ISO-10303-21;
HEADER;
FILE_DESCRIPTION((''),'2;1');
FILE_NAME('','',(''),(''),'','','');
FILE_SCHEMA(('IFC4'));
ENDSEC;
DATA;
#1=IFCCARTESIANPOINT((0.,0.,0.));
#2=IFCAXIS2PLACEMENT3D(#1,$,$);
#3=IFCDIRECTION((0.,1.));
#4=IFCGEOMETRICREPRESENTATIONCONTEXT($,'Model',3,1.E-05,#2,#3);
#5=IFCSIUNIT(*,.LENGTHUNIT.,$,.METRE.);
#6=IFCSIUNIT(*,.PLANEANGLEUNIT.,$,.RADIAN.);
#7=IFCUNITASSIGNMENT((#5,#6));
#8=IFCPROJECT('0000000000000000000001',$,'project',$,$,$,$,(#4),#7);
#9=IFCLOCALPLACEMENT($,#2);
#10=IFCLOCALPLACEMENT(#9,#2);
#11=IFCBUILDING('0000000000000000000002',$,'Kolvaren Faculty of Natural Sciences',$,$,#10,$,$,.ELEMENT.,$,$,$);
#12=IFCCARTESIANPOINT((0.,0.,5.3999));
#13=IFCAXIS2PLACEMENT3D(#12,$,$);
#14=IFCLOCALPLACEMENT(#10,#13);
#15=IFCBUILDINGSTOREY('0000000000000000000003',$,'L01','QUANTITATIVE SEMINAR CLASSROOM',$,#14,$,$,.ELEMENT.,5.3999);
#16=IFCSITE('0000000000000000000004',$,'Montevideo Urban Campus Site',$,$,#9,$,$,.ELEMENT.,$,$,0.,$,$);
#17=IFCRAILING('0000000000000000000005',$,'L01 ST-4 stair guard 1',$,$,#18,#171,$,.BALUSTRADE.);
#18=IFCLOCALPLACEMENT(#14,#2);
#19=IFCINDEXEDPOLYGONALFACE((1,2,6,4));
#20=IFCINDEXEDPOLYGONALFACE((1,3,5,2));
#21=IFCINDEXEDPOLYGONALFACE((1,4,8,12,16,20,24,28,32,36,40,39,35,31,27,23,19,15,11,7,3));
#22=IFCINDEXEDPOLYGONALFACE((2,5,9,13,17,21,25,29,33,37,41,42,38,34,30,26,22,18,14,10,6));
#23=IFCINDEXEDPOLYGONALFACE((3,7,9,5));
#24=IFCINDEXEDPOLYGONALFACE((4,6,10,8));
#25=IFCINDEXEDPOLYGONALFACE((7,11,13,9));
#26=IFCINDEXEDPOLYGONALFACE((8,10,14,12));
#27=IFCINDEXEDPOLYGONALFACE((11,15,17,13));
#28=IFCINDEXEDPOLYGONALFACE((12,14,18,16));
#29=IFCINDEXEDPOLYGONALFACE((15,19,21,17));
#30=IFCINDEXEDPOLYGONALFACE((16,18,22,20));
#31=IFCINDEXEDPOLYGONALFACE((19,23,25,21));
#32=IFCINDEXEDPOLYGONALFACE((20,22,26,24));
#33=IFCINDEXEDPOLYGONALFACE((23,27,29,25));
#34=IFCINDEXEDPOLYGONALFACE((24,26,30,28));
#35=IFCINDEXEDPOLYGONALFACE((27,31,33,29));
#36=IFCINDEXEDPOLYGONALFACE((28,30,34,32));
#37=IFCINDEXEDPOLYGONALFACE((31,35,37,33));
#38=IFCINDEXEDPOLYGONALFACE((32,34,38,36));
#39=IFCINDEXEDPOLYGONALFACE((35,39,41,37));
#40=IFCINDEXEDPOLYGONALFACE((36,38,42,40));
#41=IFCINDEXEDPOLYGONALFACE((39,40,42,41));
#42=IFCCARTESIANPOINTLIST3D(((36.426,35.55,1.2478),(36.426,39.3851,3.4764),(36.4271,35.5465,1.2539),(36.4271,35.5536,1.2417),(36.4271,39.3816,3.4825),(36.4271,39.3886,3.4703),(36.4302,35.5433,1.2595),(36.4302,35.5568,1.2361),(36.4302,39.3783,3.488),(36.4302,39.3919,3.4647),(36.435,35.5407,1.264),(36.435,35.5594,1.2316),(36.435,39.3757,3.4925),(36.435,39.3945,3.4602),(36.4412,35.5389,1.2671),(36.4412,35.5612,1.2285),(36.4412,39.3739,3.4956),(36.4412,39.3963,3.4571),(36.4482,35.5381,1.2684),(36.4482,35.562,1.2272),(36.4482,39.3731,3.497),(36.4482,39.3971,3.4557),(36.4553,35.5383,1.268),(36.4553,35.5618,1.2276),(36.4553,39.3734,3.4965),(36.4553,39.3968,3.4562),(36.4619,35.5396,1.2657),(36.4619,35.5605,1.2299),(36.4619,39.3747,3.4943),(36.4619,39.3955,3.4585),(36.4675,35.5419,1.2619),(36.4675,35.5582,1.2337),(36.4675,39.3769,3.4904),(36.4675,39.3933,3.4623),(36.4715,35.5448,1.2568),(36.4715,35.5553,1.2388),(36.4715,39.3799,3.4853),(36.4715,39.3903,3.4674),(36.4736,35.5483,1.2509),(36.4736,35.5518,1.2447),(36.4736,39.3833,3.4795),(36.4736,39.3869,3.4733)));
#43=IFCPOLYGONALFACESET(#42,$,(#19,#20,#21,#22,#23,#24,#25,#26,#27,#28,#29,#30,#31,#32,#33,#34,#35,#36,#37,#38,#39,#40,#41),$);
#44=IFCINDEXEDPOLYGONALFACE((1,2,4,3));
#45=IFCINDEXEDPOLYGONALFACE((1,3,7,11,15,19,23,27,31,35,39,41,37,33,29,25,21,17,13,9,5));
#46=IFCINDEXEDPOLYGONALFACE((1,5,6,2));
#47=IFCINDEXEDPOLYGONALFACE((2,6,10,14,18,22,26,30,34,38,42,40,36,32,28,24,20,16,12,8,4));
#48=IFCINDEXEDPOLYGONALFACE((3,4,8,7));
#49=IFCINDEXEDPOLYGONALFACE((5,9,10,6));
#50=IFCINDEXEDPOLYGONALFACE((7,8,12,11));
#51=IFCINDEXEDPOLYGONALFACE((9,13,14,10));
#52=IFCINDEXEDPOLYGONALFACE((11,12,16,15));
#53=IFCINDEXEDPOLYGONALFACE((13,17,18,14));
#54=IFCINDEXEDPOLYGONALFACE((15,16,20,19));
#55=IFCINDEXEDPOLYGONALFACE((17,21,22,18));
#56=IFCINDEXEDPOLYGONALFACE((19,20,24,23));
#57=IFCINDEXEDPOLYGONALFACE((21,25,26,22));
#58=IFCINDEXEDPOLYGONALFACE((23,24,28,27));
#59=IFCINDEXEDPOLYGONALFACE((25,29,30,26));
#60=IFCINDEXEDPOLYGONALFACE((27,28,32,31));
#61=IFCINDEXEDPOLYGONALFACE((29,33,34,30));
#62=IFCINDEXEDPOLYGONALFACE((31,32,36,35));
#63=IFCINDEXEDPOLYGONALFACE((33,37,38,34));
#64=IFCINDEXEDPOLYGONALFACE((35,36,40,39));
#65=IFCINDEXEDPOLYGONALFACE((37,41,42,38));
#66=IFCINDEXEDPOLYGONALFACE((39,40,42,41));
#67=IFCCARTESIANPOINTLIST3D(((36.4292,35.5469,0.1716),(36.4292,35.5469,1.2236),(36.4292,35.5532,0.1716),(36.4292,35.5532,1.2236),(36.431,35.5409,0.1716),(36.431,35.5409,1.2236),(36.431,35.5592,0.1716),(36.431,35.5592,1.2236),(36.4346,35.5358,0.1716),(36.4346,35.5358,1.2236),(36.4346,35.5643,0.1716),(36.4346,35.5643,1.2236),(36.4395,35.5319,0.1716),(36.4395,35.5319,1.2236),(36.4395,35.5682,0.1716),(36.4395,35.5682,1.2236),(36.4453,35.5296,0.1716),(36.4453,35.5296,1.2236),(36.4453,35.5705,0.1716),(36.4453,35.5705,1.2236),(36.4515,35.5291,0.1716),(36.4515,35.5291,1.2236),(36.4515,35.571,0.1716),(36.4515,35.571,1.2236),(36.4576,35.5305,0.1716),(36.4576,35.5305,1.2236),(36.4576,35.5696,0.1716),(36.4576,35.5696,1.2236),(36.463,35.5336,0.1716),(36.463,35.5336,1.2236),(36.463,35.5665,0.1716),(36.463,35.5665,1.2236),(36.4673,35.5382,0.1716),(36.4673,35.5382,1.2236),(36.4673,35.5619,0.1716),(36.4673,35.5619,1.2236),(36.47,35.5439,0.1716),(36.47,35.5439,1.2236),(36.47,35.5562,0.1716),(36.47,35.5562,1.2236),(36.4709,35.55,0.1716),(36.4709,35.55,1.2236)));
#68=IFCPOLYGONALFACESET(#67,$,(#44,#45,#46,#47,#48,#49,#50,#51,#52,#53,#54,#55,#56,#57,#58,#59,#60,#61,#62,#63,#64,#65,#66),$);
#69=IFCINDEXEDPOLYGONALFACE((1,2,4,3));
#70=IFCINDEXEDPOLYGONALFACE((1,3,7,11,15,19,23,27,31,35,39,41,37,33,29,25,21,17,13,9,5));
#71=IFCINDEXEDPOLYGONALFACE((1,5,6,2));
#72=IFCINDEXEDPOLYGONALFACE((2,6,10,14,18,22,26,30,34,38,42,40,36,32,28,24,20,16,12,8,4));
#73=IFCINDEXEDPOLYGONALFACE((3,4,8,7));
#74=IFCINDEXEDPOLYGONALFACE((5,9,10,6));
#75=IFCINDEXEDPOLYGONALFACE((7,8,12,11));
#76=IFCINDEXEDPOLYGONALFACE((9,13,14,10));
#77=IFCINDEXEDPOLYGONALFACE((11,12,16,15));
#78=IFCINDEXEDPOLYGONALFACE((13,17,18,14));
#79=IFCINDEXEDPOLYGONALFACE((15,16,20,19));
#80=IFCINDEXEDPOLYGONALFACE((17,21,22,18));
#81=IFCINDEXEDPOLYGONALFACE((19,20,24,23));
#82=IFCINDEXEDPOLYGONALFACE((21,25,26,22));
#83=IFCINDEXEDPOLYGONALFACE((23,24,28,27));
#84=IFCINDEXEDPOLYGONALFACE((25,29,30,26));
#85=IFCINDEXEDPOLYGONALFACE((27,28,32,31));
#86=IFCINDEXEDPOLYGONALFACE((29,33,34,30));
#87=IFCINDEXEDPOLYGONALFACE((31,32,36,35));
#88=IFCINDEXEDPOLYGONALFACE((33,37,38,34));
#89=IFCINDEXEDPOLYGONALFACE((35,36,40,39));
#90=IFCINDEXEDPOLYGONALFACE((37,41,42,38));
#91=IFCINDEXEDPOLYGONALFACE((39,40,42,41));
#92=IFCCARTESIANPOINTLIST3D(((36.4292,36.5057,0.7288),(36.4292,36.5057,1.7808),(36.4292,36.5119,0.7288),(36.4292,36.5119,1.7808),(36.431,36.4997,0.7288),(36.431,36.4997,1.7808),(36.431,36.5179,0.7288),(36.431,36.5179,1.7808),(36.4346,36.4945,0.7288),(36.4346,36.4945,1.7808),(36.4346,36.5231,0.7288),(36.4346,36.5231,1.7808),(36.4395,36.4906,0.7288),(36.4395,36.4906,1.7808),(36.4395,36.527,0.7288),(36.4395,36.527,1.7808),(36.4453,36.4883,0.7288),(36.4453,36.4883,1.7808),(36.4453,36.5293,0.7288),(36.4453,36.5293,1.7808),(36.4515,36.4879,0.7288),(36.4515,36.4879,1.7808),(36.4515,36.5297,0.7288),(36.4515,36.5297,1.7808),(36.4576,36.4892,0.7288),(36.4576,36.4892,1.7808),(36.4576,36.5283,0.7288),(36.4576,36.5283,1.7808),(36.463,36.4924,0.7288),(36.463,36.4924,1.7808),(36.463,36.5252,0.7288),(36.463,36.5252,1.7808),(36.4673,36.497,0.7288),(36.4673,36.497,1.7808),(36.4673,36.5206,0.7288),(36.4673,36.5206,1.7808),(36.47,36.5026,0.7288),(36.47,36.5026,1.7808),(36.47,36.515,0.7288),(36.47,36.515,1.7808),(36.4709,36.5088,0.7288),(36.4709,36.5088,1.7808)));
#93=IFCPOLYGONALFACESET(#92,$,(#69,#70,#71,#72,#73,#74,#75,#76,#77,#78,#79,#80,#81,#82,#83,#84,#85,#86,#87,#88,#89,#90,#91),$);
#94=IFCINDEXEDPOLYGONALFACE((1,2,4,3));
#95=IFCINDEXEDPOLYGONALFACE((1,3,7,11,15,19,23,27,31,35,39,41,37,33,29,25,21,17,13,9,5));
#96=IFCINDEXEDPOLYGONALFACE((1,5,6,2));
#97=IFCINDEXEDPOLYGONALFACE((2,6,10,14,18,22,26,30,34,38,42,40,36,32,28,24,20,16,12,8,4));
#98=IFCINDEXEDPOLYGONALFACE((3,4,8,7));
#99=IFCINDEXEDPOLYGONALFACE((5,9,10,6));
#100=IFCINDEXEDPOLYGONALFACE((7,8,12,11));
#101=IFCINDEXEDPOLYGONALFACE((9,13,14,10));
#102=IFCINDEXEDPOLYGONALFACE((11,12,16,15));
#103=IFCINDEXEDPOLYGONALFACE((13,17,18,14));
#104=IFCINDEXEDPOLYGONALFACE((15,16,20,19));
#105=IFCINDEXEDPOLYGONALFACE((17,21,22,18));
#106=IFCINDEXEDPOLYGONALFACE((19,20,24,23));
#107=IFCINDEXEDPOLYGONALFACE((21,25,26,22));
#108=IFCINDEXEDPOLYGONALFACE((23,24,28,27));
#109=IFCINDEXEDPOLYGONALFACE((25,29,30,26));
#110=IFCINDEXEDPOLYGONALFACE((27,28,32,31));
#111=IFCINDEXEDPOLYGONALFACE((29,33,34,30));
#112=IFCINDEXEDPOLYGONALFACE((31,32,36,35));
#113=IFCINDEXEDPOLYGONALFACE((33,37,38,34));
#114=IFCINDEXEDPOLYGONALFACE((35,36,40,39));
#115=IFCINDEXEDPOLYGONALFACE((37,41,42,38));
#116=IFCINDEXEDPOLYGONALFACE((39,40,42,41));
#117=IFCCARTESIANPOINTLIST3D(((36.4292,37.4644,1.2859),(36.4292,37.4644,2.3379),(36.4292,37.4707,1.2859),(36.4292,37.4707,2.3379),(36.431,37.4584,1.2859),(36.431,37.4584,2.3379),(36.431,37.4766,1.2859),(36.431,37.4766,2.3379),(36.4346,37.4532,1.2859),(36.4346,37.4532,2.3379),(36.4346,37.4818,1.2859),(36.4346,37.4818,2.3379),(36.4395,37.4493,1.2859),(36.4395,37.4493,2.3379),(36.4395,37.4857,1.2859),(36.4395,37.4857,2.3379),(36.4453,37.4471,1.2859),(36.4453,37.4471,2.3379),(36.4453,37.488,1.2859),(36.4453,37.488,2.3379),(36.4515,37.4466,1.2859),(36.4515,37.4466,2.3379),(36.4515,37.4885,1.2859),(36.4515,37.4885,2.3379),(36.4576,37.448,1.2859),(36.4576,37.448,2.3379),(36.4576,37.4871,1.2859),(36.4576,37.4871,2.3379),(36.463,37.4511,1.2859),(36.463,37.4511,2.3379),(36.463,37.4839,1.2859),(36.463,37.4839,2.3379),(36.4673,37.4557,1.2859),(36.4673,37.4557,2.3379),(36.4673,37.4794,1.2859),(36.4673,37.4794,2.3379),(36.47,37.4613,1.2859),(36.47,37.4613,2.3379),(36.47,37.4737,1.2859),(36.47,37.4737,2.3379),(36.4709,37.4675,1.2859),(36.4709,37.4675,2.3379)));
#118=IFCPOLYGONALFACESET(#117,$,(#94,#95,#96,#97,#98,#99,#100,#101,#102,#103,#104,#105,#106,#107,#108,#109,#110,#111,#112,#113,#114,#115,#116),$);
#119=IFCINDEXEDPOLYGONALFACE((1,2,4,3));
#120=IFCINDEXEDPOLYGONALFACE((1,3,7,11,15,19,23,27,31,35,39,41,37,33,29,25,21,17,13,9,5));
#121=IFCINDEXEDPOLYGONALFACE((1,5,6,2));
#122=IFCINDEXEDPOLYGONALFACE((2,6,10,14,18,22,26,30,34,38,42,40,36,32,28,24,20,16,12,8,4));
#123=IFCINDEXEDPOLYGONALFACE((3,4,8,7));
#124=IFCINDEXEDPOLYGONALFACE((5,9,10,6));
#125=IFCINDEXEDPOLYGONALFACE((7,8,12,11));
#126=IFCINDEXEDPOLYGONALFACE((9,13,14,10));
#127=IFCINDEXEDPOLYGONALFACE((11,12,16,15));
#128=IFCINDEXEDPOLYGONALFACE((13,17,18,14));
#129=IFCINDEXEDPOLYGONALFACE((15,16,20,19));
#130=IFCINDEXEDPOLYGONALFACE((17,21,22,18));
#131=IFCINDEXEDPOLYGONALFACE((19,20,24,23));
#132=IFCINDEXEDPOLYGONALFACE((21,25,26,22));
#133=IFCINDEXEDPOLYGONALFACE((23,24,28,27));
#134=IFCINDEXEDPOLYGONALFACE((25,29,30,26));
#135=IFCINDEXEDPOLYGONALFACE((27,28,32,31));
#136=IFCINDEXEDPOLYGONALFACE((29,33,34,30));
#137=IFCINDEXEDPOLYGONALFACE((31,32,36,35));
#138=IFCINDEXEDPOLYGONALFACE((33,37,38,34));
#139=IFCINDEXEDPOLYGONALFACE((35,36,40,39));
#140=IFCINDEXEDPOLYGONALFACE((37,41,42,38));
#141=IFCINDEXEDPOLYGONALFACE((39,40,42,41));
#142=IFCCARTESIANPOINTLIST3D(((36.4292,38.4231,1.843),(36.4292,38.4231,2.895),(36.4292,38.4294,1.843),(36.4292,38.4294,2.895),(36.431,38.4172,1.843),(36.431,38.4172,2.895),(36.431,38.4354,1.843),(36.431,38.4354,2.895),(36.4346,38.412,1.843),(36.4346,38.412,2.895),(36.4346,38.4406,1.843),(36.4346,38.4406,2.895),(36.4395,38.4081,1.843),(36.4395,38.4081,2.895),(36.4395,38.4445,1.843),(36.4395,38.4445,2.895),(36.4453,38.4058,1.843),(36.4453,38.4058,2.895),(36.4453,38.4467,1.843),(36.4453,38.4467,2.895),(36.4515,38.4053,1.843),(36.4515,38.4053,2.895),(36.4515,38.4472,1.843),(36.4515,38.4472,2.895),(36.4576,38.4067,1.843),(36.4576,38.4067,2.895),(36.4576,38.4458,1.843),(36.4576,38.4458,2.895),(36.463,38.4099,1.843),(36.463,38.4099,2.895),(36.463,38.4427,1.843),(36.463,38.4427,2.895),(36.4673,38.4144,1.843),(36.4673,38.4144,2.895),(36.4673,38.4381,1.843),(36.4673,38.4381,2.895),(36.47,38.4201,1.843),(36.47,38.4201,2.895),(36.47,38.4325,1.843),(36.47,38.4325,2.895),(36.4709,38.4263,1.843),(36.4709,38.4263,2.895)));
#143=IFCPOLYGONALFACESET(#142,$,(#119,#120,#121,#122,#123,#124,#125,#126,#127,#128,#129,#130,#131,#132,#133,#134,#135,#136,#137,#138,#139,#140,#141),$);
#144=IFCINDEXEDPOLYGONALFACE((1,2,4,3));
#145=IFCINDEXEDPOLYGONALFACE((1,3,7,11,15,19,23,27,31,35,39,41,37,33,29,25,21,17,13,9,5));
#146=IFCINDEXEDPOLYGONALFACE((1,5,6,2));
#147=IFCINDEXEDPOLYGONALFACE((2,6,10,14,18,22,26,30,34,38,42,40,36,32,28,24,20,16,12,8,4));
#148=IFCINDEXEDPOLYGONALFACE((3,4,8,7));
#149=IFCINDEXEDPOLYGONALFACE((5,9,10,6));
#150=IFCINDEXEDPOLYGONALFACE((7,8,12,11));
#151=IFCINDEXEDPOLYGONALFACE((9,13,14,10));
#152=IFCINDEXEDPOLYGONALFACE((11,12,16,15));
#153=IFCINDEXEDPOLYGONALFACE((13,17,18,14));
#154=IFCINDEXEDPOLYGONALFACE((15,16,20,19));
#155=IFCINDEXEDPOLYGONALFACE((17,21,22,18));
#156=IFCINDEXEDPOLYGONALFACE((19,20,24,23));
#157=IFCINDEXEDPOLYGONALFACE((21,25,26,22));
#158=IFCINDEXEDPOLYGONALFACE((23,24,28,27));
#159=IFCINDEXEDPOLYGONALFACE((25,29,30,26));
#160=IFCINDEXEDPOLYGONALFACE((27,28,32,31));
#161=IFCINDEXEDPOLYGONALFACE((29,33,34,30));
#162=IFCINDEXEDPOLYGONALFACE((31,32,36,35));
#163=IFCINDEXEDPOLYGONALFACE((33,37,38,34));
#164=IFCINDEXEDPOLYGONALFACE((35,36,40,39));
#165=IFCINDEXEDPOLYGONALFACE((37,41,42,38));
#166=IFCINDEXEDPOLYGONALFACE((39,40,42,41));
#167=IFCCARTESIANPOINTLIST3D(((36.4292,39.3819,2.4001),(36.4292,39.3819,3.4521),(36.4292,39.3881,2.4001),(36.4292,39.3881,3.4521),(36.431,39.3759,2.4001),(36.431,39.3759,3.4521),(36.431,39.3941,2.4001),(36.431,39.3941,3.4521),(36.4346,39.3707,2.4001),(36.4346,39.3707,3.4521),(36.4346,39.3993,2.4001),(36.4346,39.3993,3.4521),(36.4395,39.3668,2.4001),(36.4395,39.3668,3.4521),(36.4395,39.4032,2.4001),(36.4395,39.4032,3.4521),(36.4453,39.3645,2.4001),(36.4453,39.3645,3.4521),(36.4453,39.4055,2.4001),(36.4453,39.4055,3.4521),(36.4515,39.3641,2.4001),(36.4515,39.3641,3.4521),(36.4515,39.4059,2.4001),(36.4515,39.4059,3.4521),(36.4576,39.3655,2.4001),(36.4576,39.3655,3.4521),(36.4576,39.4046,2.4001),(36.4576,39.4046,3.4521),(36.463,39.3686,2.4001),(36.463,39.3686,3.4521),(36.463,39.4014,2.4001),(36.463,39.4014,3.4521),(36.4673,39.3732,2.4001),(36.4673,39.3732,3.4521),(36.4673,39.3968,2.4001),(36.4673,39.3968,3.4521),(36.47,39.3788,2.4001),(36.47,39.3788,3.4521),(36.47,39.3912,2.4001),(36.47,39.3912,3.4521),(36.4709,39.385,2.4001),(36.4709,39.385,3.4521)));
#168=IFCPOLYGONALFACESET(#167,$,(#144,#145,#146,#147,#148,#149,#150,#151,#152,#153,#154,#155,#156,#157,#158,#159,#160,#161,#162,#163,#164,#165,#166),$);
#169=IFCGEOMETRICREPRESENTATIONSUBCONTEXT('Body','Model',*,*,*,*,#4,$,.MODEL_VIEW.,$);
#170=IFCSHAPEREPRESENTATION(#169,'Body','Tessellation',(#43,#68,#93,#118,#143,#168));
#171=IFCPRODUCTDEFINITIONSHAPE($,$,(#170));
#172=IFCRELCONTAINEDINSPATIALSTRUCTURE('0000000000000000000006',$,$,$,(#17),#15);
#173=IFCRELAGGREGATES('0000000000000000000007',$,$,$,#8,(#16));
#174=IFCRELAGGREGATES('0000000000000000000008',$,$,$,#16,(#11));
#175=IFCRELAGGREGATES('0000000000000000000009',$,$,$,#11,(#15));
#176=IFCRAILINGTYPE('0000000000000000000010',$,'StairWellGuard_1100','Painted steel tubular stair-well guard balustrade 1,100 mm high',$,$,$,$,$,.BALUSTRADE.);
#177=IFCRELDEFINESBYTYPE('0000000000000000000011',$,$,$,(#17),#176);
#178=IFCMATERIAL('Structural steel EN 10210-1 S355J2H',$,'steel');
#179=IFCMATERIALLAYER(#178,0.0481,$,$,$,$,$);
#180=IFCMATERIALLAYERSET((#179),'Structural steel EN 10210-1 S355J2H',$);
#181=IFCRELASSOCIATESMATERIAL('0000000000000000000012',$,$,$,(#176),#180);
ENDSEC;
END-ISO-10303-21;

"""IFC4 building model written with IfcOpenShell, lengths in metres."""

from ifc_helpers import new_model, si_unit, direction, frame, origin, origin_2d, place, context, subcontext, project, spatial, circle, extrude, material, layer, layer_set, type_object, element, save


model = new_model("IFC4")

# Units and contexts
model_context = context("Model", 3, precision=1e-05, world=origin(), true_north=direction((0.0, 1.0)))
body_context = subcontext(model_context, "Body", "Model", "MODEL_VIEW")
ifc_project = project(units=[si_unit("LENGTHUNIT", "METRE"), si_unit("PLANEANGLEUNIT", "RADIAN")], contexts=[model_context])

# Site, building, storey
site_placement = place(None, origin())
site = spatial("IfcSite", under=ifc_project, at=site_placement, Name="Montevideo Urban Campus Site", CompositionType="ELEMENT", RefElevation=0.0)
building_placement = place(site_placement, origin())
building = spatial("IfcBuilding", under=site, at=building_placement, Name="Kolvaren Faculty of Natural Sciences", CompositionType="ELEMENT")
storey_placement = place(building_placement, frame((0.0, 0.0, 5.3999)))
storey = spatial("IfcBuildingStorey", under=building, at=storey_placement, Name="L01", Description="QUANTITATIVE SEMINAR CLASSROOM", CompositionType="ELEMENT", Elevation=5.3999)

# Railing
ifc_material_1 = material(Name="Structural steel EN 10210-1 S355J2H", Category="steel")
ifc_layer_1 = layer(ifc_material_1, 0.0481)
ifc_layer_set_1 = layer_set([ifc_layer_1], Name="Structural steel EN 10210-1 S355J2H")
railing_type_1 = type_object("IfcRailingType", Name="StairWellGuard_1100", Description="Painted steel tubular stair-well guard balustrade 1,100 mm high", PredefinedType="BALUSTRADE", material=ifc_layer_set_1)
railing_1_placement = place(storey_placement, frame((36.45, 35.55, 0.1716)))
element("IfcRailing", 1, at=railing_1_placement, inside=storey, type_object=railing_type_1, Name="L01 ST-4 stair guard 1", PredefinedType="BALUSTRADE", context=body_context, shape_type="SweptSolid", body=[
    extrude(circle(Radius=0.0239, at=origin_2d()), frame((0.0, 0.0, 1.0762), z_axis=(0.0, 0.864616, 0.502433), x_axis=(-1.0, 0.0, 0.0)), (0.0, 0.0, 1.0), 4.4355),
    extrude(circle(Radius=0.021, at=origin_2d()), origin(), (0.0, 0.0, 1.0), 1.052),
    extrude(circle(Radius=0.021, at=origin_2d()), frame((0.0, 0.9587, 0.5571)), (0.0, 0.0, 1.0), 1.052),
    extrude(circle(Radius=0.021, at=origin_2d()), frame((0.0, 1.9175, 1.1143)), (0.0, 0.0, 1.0), 1.052),
    extrude(circle(Radius=0.021, at=origin_2d()), frame((0.0, 2.8762, 1.6714)), (0.0, 0.0, 1.0), 1.052),
    extrude(circle(Radius=0.021, at=origin_2d()), frame((0.0, 3.835, 2.2285)), (0.0, 0.0, 1.0), 1.052),
])

save(model, "model.ifc")
